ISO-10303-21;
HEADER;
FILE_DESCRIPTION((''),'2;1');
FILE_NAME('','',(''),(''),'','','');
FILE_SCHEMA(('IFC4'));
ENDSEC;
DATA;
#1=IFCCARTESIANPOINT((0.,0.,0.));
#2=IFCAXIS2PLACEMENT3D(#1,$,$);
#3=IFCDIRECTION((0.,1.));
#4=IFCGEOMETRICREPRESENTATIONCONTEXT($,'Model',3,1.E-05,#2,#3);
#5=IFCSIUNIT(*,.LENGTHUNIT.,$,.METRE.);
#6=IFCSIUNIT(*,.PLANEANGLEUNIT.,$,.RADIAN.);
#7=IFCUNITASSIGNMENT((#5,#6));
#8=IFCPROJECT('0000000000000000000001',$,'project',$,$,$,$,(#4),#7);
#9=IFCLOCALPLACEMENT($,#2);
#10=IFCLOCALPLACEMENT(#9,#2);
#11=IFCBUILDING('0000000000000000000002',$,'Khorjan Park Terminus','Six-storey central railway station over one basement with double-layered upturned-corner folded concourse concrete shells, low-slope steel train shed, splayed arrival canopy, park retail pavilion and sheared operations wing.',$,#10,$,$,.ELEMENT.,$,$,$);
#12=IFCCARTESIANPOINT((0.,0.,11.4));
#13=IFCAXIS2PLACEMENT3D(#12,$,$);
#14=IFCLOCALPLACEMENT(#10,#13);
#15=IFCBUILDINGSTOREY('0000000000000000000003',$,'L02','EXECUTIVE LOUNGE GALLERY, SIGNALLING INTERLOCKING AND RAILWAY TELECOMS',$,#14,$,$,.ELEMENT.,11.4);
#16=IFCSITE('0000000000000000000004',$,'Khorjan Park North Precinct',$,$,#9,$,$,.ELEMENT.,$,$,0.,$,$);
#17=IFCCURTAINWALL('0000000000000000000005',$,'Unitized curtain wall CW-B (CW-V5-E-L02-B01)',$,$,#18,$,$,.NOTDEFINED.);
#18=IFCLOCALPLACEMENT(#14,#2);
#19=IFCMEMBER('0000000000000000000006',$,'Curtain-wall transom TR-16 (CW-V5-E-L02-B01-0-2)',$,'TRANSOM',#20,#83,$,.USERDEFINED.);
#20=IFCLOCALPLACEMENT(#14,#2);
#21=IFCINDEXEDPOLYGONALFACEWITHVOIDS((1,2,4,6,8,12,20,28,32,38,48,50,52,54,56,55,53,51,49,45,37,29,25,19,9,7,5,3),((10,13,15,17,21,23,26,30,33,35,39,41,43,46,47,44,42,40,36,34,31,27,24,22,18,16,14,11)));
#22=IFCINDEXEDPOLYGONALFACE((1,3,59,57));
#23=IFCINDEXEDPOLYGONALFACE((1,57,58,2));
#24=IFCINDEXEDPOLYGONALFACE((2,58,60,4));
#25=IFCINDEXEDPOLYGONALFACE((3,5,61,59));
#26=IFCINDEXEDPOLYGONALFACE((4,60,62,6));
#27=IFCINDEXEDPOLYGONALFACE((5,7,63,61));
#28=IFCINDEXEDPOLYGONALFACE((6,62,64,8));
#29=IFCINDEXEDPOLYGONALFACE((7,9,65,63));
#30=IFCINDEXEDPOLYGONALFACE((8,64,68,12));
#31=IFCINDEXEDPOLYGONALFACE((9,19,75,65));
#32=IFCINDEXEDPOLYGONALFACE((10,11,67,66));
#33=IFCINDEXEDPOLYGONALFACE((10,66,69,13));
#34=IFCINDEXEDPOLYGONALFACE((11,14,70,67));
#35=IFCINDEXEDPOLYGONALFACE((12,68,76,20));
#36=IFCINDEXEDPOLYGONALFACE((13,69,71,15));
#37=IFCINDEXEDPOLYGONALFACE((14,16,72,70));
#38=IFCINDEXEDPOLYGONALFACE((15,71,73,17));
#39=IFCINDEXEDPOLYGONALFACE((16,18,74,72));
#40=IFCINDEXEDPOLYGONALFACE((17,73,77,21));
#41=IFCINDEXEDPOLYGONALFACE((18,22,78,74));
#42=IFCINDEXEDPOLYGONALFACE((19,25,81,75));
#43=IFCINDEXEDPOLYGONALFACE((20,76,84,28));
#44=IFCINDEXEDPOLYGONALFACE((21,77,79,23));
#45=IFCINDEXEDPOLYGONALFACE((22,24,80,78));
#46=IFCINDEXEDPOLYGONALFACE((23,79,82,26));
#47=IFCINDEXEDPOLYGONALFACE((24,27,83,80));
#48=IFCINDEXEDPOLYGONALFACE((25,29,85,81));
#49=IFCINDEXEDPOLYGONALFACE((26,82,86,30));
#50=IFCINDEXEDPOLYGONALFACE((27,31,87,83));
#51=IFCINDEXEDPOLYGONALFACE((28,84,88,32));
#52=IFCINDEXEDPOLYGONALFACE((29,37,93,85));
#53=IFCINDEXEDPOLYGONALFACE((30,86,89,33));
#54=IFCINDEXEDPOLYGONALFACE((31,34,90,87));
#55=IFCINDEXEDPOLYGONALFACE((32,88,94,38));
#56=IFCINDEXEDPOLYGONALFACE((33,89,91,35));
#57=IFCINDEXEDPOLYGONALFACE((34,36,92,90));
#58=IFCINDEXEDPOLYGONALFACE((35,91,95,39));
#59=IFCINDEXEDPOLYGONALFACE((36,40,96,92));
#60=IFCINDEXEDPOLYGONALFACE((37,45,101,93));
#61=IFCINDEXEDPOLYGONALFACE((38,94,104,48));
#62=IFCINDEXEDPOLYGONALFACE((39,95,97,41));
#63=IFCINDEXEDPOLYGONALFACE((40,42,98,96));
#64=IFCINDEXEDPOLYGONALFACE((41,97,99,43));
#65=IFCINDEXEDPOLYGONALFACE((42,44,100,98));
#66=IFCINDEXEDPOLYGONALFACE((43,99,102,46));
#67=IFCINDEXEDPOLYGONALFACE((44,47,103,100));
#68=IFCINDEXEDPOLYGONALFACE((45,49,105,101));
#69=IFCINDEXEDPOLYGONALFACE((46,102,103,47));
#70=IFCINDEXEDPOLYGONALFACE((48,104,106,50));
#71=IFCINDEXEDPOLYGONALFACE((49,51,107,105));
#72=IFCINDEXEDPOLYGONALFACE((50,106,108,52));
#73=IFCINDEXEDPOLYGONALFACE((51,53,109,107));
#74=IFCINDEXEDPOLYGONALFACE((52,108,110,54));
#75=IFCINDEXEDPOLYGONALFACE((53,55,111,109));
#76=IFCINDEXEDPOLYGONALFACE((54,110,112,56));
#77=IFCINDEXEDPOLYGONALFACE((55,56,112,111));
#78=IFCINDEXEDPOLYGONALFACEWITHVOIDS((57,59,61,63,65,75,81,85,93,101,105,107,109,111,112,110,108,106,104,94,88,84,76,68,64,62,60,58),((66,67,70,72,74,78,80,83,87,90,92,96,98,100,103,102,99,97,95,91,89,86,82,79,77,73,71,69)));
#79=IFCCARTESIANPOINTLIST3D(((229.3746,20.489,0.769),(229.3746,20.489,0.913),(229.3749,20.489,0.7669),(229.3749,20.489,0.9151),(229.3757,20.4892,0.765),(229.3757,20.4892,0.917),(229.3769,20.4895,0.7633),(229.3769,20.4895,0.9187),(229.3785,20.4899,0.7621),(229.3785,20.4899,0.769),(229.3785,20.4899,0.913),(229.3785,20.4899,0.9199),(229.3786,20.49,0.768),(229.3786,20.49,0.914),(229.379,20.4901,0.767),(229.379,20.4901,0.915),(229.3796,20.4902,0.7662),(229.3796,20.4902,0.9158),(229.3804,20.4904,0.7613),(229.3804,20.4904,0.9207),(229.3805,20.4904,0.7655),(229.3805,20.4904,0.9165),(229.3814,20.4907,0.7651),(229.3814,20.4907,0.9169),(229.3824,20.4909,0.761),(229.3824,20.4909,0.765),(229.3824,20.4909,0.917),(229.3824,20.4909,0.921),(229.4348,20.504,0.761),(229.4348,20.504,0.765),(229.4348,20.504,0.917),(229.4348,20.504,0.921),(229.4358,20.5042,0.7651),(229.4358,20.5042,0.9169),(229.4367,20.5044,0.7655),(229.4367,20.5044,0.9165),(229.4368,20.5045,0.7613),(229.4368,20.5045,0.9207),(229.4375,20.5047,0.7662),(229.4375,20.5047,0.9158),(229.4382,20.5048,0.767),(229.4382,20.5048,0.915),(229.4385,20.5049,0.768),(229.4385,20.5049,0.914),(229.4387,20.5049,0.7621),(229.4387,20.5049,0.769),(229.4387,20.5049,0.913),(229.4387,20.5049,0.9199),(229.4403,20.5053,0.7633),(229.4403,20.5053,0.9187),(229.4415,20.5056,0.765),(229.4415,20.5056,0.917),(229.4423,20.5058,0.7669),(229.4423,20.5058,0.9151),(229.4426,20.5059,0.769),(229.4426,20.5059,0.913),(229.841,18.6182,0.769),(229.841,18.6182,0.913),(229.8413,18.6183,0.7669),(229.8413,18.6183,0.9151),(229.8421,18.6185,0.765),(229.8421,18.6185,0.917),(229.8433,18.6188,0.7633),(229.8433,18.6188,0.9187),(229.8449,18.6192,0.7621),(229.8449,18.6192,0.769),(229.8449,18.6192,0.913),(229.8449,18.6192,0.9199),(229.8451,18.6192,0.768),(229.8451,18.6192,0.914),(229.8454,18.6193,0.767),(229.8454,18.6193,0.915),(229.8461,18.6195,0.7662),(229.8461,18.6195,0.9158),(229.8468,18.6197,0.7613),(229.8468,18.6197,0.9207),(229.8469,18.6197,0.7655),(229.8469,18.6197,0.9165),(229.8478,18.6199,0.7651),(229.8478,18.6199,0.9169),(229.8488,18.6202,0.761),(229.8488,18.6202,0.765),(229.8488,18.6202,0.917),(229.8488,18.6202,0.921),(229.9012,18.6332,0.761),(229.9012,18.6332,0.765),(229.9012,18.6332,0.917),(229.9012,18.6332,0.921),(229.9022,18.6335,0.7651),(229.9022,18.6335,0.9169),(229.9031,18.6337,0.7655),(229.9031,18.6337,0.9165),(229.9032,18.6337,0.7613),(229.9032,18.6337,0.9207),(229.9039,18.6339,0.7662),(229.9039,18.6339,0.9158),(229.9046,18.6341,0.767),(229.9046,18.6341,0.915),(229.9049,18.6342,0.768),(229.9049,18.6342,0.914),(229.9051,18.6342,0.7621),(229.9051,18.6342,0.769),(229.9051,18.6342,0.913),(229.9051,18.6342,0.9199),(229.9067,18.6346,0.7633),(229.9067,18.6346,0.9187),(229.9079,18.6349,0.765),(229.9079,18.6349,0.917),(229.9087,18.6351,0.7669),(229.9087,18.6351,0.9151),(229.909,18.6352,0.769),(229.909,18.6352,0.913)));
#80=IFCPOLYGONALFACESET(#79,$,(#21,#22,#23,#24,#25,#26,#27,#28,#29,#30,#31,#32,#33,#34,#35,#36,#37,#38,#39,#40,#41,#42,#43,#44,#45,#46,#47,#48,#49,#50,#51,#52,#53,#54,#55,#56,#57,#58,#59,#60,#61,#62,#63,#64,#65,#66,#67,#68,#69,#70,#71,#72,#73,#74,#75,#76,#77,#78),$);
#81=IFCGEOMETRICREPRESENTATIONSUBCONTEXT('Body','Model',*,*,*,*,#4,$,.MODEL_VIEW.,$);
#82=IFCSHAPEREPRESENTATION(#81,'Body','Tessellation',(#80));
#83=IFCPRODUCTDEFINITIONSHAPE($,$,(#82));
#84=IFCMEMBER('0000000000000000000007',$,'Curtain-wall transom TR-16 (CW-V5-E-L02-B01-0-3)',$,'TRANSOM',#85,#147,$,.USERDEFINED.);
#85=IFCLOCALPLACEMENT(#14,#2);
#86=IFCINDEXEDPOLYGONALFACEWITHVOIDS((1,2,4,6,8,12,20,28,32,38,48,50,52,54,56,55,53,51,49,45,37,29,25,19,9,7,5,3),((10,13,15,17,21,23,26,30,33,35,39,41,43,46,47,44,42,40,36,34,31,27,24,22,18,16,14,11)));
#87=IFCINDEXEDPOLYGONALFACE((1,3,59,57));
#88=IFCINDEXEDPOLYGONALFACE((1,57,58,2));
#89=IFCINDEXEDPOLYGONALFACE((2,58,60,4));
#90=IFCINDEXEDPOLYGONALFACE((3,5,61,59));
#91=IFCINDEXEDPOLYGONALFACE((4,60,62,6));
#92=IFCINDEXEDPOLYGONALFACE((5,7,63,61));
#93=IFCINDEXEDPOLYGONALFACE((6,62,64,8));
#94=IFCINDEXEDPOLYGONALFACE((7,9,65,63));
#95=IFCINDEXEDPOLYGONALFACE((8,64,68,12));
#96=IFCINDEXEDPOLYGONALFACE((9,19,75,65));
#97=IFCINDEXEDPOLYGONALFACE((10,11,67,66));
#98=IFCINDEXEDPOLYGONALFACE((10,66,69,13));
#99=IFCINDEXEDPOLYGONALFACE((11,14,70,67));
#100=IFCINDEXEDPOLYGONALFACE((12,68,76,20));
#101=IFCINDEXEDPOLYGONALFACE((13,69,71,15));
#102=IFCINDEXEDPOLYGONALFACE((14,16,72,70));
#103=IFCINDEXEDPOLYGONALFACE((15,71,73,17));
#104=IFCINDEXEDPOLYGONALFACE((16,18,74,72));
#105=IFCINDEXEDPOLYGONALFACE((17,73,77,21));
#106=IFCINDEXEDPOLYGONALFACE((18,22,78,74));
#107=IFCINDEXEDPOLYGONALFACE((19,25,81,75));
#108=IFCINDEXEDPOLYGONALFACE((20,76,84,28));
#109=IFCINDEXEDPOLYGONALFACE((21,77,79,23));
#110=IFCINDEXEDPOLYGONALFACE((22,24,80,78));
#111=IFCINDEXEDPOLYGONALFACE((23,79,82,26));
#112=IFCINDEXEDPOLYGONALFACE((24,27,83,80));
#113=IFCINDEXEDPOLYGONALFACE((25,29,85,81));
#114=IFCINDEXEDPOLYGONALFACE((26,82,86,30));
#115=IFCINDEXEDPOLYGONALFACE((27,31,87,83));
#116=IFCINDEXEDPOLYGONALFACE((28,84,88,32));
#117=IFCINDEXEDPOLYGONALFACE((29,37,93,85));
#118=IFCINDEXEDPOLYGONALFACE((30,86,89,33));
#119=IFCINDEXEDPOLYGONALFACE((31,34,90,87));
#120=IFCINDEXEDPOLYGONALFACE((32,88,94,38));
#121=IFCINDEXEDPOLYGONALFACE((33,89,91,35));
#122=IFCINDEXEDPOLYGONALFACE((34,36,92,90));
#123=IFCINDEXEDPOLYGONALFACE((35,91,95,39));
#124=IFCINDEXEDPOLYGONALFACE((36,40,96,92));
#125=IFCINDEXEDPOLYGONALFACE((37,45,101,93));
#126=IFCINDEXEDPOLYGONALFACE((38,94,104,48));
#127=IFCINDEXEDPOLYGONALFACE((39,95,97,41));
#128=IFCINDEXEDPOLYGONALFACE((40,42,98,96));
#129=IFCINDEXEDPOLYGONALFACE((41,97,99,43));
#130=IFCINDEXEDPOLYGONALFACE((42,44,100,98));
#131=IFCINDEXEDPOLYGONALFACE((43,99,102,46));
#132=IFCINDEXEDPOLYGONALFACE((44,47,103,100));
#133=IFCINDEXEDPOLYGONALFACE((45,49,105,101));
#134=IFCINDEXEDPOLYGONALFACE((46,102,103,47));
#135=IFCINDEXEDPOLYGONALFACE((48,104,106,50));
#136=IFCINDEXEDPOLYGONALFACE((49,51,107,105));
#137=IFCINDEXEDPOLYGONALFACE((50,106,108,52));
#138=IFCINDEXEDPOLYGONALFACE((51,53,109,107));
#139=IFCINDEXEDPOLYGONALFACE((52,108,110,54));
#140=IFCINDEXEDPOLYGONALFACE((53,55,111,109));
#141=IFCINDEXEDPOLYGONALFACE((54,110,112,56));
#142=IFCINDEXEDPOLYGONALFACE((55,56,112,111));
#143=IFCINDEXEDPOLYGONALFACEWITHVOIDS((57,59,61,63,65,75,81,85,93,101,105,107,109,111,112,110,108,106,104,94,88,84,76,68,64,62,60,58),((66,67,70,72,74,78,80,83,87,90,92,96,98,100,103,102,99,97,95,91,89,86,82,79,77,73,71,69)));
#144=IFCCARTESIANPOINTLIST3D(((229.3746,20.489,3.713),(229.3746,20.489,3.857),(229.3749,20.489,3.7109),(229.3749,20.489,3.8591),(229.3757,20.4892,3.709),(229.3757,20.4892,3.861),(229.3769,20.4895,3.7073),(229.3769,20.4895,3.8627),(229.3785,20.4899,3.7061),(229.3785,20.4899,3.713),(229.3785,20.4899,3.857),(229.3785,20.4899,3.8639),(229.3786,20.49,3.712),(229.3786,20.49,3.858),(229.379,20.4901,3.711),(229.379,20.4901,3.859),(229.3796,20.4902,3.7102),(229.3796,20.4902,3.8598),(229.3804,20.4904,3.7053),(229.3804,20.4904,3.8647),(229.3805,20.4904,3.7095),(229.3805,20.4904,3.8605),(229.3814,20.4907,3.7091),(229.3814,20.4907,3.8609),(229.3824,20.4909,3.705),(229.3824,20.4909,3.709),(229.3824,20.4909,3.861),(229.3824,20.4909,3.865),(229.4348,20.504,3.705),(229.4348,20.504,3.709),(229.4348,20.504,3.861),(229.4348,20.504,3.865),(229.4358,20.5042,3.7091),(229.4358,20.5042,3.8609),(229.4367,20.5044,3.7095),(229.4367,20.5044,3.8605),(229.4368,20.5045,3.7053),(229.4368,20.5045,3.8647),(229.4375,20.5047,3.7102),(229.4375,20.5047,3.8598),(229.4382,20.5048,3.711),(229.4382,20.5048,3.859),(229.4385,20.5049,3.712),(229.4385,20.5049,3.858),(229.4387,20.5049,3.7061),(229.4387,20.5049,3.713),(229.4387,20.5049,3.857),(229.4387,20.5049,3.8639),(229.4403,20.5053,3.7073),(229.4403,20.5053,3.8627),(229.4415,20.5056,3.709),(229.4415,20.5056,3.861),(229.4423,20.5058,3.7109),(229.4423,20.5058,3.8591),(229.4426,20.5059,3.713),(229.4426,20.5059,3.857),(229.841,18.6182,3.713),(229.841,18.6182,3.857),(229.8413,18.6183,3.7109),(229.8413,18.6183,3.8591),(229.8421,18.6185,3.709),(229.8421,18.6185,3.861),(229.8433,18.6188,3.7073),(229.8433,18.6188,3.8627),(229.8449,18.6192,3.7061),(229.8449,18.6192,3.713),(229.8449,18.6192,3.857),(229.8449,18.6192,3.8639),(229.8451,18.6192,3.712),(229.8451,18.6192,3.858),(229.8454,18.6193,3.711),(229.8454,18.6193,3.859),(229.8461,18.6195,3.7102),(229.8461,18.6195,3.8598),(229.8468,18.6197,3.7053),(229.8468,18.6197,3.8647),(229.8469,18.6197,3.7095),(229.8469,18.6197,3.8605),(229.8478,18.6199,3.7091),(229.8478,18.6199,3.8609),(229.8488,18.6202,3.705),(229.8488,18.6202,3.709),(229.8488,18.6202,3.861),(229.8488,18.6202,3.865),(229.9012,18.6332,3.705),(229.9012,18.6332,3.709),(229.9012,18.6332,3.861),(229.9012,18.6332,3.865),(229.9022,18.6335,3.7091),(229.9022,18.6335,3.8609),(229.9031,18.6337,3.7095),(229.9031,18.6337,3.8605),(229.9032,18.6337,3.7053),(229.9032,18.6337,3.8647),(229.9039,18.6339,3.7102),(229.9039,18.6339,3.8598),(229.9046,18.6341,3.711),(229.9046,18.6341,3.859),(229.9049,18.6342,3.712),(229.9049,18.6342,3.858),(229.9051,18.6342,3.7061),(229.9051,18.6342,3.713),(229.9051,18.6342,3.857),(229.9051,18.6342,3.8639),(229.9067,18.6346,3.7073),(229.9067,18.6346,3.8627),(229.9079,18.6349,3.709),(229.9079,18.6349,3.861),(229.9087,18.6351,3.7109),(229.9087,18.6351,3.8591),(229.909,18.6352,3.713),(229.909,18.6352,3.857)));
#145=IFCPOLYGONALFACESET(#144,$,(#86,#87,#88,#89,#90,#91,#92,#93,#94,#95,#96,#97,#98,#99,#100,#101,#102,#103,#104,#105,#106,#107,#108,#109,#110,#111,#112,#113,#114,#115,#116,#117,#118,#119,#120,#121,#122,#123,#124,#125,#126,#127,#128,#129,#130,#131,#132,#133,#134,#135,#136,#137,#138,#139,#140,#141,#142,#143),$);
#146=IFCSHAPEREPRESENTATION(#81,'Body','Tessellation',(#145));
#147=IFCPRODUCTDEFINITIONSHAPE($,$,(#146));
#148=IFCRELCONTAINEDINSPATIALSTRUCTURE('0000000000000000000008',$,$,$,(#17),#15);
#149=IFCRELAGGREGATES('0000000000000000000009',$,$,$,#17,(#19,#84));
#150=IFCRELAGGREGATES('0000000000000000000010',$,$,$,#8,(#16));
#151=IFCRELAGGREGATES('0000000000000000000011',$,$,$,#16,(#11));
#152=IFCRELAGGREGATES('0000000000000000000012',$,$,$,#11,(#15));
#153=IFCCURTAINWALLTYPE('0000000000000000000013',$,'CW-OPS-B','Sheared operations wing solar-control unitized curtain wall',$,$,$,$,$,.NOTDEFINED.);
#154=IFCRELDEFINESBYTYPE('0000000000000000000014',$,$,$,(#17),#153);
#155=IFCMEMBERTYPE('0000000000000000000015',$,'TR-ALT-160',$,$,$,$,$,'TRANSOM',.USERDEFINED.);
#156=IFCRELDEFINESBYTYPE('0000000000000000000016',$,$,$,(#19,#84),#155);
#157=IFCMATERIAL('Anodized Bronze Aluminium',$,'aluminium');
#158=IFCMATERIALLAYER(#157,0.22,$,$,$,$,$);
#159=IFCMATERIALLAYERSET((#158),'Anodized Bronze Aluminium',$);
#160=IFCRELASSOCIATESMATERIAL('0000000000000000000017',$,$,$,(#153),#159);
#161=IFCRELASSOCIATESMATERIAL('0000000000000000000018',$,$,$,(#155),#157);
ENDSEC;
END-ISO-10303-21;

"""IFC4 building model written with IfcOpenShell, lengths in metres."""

from ifc_helpers import new_model, si_unit, direction, frame, origin, origin_2d, place, context, subcontext, project, spatial, hollow_rectangle, extrude, material, layer, layer_set, material_profile, profile_set, type_object, element, aggregate, save


model = new_model("IFC4")

# Units and contexts
model_context = context("Model", 3, precision=1e-05, world=origin(), true_north=direction((0.0, 1.0)))
body_context = subcontext(model_context, "Body", "Model", "MODEL_VIEW")
ifc_project = project(units=[si_unit("LENGTHUNIT", "METRE"), si_unit("PLANEANGLEUNIT", "RADIAN")], contexts=[model_context])

# Site, building, storey
site_placement = place(None, origin())
site = spatial("IfcSite", under=ifc_project, at=site_placement, Name="Khorjan Park North Precinct", CompositionType="ELEMENT", RefElevation=0.0)
building_placement = place(site_placement, origin())
building = spatial("IfcBuilding", under=site, at=building_placement, Name="Khorjan Park Terminus", Description="Six-storey central railway station over one basement with double-layered upturned-corner folded concourse concrete shells, low-slope steel train shed, splayed arrival canopy, park retail pavilion and sheared operations wing.", CompositionType="ELEMENT")
storey_placement = place(building_placement, frame((0.0, 0.0, 11.4)))
storey = spatial("IfcBuildingStorey", under=building, at=storey_placement, Name="L02", Description="EXECUTIVE LOUNGE GALLERY, SIGNALLING INTERLOCKING AND RAILWAY TELECOMS", CompositionType="ELEMENT", Elevation=11.4)

# Curtain wall, members
ifc_material_1 = material(Name="Anodized Bronze Aluminium", Category="aluminium")
ifc_layer_1 = layer(ifc_material_1, 0.22)
ifc_layer_set_1 = layer_set([ifc_layer_1], Name="Anodized Bronze Aluminium")
curtain_wall_type = type_object("IfcCurtainWallType", Name="CW-OPS-B", Description="Sheared operations wing solar-control unitized curtain wall", PredefinedType="NOTDEFINED", material=ifc_layer_set_1)
curtain_wall_placement = place(storey_placement, origin())
curtain_wall = element("IfcCurtainWall", 1, at=curtain_wall_placement, inside=storey, type_object=curtain_wall_type, Name="Unitized curtain wall CW-B (CW-V5-E-L02-B01)", PredefinedType="NOTDEFINED")
ifc_material_profile_1 = material_profile(ifc_material_1, hollow_rectangle(XDim=0.07, YDim=0.16, WallThickness=0.004, InnerFilletRadius=0.004, OuterFilletRadius=0.008, at=origin_2d()), Name="ALT 70x160x4")
ifc_profile_set_1 = profile_set([ifc_material_profile_1], Name="Anodized Bronze Aluminium")
member_type_1 = type_object("IfcMemberType", Name="TR-ALT-160", ElementType="TRANSOM", PredefinedType="USERDEFINED", material=ifc_profile_set_1)
member_1_placement = place(storey_placement, frame((229.875, 18.6267, 0.841), z_axis=(-0.241913, 0.970298, 0.0), x_axis=(-0.970298, -0.241913, 0.0)))
member_1 = element("IfcMember", 2, at=member_1_placement, type_object=member_type_1, Name="Curtain-wall transom TR-16 (CW-V5-E-L02-B01-0-2)", ObjectType="TRANSOM", PredefinedType="USERDEFINED", context=body_context, shape_type="SweptSolid", body=[
    extrude(hollow_rectangle(XDim=0.07, YDim=0.16, WallThickness=0.004, InnerFilletRadius=0.004, OuterFilletRadius=0.008, at=origin_2d()), origin(), (0.0, 0.0, 1.0), 1.928),
])
member_2_placement = place(storey_placement, frame((229.875, 18.6267, 3.785), z_axis=(-0.241913, 0.970298, 0.0), x_axis=(-0.970298, -0.241913, 0.0)))
member_2 = element("IfcMember", 3, at=member_2_placement, type_object=member_type_1, Name="Curtain-wall transom TR-16 (CW-V5-E-L02-B01-0-3)", ObjectType="TRANSOM", PredefinedType="USERDEFINED", context=body_context, shape_type="SweptSolid", body=[
    extrude(hollow_rectangle(XDim=0.07, YDim=0.16, WallThickness=0.004, InnerFilletRadius=0.004, OuterFilletRadius=0.008, at=origin_2d()), origin(), (0.0, 0.0, 1.0), 1.928),
])
aggregate(curtain_wall, [member_1, member_2])

save(model, "model.ifc")
